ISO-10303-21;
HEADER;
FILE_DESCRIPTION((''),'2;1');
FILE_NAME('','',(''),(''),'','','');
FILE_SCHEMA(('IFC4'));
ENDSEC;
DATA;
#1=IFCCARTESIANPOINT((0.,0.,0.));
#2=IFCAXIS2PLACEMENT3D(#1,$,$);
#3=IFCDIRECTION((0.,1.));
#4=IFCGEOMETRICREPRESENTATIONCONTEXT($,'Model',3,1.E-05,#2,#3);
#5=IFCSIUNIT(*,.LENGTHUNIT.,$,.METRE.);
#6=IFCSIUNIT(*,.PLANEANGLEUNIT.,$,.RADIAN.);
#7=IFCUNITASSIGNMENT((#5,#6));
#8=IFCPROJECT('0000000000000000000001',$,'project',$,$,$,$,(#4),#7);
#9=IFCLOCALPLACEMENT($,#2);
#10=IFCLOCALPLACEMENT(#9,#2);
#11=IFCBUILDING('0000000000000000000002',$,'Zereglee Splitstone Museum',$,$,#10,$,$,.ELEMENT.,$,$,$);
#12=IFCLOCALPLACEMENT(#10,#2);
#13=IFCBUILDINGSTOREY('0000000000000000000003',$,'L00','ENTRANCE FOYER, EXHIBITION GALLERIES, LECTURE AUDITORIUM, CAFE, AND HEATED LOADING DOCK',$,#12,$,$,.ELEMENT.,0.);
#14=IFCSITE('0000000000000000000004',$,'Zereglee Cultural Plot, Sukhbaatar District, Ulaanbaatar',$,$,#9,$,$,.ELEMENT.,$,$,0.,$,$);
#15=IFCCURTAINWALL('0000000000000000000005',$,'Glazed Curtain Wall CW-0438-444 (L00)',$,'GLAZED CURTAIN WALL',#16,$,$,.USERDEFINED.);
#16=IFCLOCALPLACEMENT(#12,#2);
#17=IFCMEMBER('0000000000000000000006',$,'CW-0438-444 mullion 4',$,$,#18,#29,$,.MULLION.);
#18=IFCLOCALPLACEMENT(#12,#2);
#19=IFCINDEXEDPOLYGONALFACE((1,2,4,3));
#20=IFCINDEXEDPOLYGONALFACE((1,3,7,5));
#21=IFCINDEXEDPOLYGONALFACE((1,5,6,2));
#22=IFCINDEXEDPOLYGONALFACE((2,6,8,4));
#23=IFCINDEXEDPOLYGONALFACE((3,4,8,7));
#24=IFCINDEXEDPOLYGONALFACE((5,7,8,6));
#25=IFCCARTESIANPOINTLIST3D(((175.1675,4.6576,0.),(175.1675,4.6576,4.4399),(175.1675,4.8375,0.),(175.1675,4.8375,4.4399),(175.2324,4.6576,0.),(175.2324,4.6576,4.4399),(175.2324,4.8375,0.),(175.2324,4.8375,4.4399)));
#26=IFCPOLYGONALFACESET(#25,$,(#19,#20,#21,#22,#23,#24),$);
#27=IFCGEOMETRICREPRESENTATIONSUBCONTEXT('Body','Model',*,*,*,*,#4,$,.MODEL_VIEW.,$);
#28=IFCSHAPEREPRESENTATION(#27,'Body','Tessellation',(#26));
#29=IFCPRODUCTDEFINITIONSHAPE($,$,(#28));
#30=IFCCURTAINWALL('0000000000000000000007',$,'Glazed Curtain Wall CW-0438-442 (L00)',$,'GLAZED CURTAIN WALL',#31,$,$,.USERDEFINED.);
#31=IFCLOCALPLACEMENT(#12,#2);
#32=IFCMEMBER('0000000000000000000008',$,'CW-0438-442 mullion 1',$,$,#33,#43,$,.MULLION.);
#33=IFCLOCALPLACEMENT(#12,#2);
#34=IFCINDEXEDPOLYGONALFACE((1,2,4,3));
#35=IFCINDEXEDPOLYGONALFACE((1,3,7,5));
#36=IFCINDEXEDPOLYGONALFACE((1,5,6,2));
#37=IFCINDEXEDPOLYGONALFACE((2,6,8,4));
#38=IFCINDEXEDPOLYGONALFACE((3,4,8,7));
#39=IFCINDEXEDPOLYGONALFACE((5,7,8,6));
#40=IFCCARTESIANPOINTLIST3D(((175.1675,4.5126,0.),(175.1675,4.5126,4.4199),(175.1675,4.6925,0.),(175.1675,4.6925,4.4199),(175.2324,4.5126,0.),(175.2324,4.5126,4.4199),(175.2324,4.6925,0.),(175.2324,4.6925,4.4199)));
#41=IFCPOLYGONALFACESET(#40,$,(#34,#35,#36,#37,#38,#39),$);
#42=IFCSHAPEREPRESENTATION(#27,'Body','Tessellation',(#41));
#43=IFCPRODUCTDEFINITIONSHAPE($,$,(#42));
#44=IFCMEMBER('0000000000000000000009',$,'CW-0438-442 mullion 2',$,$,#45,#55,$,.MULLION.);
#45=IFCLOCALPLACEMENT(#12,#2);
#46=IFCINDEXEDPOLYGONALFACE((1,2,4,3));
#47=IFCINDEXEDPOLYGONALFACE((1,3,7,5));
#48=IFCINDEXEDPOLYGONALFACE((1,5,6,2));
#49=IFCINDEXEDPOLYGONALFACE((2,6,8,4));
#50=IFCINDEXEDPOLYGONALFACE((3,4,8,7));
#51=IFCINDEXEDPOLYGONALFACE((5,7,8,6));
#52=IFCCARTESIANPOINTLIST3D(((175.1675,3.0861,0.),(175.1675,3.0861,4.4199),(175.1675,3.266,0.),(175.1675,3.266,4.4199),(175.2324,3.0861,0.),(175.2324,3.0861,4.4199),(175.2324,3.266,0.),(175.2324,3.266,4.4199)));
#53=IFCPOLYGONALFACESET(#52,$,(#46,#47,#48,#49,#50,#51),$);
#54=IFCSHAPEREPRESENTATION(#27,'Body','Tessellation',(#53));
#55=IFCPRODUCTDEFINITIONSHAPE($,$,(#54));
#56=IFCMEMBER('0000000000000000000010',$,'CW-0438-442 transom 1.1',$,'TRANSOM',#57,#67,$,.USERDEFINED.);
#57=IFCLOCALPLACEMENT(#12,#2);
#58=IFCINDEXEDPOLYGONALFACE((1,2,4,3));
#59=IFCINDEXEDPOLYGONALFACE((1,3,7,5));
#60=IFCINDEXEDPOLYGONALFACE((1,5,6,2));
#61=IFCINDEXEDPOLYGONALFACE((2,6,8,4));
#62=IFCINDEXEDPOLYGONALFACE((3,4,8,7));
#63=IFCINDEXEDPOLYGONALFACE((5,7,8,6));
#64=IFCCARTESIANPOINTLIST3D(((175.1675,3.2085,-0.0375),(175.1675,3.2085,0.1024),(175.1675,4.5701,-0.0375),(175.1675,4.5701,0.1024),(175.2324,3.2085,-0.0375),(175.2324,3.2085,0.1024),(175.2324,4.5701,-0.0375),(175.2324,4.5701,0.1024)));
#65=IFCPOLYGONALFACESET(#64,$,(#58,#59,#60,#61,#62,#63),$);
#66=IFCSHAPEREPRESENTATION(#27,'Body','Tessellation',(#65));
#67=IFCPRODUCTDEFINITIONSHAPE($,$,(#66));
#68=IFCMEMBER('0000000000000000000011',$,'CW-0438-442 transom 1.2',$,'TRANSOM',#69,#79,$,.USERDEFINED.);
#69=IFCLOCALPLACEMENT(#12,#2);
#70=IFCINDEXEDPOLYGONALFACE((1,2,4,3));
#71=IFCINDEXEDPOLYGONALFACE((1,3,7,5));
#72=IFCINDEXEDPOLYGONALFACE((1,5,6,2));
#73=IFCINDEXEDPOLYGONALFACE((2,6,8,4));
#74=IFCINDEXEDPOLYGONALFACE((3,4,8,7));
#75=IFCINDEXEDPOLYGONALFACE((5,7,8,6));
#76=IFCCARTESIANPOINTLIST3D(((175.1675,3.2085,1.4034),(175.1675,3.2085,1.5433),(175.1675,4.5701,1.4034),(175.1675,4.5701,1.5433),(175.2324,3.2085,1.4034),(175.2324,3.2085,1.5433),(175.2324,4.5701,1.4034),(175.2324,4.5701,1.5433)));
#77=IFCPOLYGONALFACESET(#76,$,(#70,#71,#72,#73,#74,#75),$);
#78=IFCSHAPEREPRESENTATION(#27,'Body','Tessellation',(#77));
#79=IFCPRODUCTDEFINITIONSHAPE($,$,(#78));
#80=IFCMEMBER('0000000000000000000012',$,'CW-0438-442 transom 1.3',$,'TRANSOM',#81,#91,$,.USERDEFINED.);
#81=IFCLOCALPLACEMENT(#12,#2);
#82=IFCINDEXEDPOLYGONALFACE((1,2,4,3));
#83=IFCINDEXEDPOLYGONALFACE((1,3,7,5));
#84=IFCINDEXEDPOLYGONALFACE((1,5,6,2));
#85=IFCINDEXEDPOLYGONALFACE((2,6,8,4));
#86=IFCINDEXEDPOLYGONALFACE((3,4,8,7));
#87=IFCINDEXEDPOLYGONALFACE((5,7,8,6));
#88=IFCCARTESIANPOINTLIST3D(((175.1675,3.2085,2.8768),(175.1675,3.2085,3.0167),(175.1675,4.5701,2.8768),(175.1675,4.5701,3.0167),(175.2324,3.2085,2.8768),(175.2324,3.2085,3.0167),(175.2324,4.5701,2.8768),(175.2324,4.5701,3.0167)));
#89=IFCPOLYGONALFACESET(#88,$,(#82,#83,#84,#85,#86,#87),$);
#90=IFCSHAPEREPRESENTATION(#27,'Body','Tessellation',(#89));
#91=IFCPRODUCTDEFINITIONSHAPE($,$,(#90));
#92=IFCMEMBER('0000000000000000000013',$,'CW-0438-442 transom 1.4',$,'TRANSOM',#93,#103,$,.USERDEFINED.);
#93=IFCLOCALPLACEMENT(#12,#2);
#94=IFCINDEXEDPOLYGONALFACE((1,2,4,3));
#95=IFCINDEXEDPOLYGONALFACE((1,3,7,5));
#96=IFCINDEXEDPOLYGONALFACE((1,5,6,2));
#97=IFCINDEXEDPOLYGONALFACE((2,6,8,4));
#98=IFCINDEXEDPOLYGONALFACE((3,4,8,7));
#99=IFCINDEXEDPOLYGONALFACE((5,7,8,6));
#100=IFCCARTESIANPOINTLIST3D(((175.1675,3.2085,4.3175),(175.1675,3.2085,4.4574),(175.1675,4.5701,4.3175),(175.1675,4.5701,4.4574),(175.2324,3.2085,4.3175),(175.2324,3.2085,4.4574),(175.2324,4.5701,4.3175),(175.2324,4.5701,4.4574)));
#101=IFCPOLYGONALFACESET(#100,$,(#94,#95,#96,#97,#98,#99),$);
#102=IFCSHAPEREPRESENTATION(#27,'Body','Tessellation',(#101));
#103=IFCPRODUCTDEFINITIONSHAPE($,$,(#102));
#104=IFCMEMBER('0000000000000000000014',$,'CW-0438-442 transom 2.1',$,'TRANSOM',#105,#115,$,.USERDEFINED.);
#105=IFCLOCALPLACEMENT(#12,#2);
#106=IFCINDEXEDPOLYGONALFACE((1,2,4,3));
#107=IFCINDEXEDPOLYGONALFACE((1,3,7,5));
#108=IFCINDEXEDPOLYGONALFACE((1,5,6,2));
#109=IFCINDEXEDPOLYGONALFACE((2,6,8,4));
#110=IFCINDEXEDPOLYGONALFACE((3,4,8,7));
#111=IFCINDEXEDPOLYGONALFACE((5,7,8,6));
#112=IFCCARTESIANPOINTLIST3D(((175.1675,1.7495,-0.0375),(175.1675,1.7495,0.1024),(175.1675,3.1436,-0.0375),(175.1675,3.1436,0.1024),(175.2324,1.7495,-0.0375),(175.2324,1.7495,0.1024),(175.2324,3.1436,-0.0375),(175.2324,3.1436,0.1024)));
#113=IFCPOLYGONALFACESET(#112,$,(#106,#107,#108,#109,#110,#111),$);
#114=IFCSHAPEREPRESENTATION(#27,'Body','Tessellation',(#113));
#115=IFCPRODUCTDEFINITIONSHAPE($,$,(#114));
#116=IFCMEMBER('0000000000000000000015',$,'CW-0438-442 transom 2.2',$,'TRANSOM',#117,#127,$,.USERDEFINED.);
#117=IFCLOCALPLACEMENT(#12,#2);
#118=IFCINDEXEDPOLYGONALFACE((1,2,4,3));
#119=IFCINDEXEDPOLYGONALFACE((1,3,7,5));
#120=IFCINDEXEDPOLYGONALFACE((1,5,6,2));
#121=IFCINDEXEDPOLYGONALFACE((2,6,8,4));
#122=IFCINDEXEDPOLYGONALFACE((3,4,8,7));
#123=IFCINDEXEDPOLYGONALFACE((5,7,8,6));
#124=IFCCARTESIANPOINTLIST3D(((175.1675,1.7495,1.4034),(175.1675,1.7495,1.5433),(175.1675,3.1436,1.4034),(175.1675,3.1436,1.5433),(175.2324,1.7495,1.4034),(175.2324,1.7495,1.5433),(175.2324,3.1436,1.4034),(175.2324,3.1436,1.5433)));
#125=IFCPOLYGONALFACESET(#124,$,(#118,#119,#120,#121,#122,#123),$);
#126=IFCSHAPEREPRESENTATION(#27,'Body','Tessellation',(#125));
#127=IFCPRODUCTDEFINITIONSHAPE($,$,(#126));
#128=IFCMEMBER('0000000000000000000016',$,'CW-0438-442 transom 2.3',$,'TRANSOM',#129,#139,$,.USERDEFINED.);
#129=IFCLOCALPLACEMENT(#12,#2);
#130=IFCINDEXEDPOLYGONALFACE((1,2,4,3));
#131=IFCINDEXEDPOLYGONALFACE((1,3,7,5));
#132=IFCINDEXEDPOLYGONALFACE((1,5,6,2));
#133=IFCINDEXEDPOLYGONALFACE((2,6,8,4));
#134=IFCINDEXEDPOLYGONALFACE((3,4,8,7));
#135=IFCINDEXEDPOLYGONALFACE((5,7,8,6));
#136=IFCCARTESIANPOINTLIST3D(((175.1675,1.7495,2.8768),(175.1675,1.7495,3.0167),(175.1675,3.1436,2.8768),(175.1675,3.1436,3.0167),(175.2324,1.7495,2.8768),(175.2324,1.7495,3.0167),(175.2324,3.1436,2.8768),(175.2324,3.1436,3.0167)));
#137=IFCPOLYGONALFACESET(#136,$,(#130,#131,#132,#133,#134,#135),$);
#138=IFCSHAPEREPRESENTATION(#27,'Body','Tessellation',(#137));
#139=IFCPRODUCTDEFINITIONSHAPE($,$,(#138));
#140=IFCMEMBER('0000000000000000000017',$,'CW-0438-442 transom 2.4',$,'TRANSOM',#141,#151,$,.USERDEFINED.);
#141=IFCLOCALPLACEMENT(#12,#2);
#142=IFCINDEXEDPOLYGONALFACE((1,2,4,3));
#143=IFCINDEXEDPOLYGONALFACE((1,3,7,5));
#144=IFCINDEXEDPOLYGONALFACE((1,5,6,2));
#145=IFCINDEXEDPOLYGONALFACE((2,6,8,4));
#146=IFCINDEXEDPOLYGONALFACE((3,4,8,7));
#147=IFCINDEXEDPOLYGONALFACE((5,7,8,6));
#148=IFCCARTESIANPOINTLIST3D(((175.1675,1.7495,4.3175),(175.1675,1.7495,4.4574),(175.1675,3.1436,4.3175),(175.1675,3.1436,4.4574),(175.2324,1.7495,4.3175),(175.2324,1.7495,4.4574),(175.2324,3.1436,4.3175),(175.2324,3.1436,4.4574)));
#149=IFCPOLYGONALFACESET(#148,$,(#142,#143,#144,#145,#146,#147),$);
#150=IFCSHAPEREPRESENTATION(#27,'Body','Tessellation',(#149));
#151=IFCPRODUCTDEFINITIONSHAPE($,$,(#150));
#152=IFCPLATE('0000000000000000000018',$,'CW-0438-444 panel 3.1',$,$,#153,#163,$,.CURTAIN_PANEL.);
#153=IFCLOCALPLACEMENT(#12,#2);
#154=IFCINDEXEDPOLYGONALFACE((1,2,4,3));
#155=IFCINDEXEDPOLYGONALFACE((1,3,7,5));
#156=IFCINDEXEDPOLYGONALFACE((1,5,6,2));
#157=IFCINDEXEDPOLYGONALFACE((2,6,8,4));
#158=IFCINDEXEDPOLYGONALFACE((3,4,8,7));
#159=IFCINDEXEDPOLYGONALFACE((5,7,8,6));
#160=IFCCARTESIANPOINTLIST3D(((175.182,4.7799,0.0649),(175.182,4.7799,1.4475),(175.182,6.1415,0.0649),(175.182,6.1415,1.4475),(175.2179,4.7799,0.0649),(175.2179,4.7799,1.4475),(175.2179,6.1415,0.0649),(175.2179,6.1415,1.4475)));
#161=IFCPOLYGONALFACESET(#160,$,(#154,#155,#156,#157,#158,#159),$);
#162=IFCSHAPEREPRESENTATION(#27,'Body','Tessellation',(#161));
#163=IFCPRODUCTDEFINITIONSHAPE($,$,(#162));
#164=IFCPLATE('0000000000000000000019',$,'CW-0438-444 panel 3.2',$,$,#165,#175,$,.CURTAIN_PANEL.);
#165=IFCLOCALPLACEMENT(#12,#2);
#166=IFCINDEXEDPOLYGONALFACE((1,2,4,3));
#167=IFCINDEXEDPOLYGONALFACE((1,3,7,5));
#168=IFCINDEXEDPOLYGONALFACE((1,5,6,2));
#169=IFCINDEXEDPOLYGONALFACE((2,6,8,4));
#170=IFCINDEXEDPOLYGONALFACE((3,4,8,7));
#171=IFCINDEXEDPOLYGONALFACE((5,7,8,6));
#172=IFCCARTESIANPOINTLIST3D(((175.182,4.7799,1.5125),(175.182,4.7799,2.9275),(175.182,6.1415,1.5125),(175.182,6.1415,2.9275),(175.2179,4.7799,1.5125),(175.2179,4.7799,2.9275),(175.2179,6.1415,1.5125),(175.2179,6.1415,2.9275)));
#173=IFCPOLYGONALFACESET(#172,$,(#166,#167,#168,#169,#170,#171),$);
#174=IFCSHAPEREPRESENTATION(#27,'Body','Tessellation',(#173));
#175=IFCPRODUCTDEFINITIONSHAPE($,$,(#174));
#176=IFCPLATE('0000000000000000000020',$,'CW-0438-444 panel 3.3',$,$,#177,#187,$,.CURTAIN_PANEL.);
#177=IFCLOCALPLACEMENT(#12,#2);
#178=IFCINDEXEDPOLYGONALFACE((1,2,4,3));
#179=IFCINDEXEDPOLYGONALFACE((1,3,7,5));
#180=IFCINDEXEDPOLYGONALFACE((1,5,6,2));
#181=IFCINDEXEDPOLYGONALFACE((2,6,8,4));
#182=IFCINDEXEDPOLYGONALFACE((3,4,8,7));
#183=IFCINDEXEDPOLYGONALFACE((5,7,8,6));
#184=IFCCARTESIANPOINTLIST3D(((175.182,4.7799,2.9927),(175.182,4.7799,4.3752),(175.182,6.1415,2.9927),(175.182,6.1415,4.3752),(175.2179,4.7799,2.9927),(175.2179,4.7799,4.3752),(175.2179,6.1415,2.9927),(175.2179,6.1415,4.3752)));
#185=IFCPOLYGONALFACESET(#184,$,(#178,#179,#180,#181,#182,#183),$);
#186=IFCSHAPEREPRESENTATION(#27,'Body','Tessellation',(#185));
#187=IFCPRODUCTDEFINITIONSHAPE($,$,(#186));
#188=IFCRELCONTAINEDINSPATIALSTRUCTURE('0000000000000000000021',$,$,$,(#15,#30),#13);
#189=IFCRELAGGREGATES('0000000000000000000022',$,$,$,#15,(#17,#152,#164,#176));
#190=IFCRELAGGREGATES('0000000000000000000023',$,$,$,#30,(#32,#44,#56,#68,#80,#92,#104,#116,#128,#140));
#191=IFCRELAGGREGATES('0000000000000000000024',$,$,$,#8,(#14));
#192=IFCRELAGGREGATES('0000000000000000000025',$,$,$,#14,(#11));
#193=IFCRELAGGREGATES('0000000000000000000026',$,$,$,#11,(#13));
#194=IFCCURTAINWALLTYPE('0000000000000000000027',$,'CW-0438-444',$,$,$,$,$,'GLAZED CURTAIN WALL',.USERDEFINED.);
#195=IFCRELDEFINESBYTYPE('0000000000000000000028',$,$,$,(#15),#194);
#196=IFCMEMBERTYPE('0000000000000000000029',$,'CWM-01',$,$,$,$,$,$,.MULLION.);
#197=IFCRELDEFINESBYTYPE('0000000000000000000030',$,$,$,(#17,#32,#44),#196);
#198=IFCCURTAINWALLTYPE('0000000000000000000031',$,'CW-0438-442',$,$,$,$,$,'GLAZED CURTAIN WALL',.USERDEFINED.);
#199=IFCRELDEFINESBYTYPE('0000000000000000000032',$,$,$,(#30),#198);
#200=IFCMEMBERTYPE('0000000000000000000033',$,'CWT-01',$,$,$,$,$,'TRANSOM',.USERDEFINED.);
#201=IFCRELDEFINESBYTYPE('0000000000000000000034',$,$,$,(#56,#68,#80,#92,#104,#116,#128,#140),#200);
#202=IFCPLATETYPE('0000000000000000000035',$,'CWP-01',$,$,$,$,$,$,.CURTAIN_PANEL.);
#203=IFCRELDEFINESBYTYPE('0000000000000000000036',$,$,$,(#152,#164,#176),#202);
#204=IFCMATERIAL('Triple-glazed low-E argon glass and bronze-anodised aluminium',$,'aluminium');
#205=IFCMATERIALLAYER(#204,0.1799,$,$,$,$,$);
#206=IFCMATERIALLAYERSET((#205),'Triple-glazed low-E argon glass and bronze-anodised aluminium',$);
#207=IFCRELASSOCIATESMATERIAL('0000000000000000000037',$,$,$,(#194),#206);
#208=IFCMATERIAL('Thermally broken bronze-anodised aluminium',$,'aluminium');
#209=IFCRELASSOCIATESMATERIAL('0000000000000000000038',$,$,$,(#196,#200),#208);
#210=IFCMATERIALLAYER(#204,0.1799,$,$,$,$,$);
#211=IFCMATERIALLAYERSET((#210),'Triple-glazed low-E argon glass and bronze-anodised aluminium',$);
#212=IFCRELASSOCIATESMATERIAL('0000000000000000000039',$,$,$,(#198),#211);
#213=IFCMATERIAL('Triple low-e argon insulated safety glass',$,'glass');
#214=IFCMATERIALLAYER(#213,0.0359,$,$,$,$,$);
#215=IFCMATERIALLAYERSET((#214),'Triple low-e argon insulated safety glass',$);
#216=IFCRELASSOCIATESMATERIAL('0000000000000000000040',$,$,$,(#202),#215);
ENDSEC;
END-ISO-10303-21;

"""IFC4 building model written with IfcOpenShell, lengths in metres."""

from ifc_helpers import new_model, si_unit, direction, frame, origin, origin_2d, place, context, subcontext, project, spatial, rectangle, extrude, material, layer, layer_set, material_profile, profile_set, type_object, element, aggregate, save


model = new_model("IFC4")

# Units and contexts
model_context = context("Model", 3, precision=1e-05, world=origin(), true_north=direction((0.0, 1.0)))
body_context = subcontext(model_context, "Body", "Model", "MODEL_VIEW")
ifc_project = project(units=[si_unit("LENGTHUNIT", "METRE"), si_unit("PLANEANGLEUNIT", "RADIAN")], contexts=[model_context])

# Site, building, storey
site_placement = place(None, origin())
site = spatial("IfcSite", under=ifc_project, at=site_placement, Name="Zereglee Cultural Plot, Sukhbaatar District, Ulaanbaatar", CompositionType="ELEMENT", RefElevation=0.0)
building_placement = place(site_placement, origin())
building = spatial("IfcBuilding", under=site, at=building_placement, Name="Zereglee Splitstone Museum", CompositionType="ELEMENT")
storey_placement = place(building_placement, origin())
storey = spatial("IfcBuildingStorey", under=building, at=storey_placement, Name="L00", Description="ENTRANCE FOYER, EXHIBITION GALLERIES, LECTURE AUDITORIUM, CAFE, AND HEATED LOADING DOCK", CompositionType="ELEMENT", Elevation=0.0)

# Curtain wall, member
ifc_material_1 = material(Name="Triple-glazed low-E argon glass and bronze-anodised aluminium", Category="aluminium")
ifc_layer_1 = layer(ifc_material_1, 0.1799)
ifc_layer_set_1 = layer_set([ifc_layer_1], Name="Triple-glazed low-E argon glass and bronze-anodised aluminium")
curtain_wall_type_1 = type_object("IfcCurtainWallType", Name="CW-0438-444", ElementType="GLAZED CURTAIN WALL", PredefinedType="USERDEFINED", material=ifc_layer_set_1)
curtain_wall_1_placement = place(storey_placement, origin())
curtain_wall_1 = element("IfcCurtainWall", 1, at=curtain_wall_1_placement, inside=storey, type_object=curtain_wall_type_1, Name="Glazed Curtain Wall CW-0438-444 (L00)", ObjectType="GLAZED CURTAIN WALL", PredefinedType="USERDEFINED")
ifc_material_2 = material(Name="Thermally broken bronze-anodised aluminium", Category="aluminium")
ifc_material_profile_1 = material_profile(ifc_material_2, rectangle(XDim=0.0649, YDim=0.1799, at=origin_2d()), Name="CW MULL 65x180")
ifc_profile_set_1 = profile_set([ifc_material_profile_1], Name="Thermally broken bronze-anodised aluminium")
member_type_1 = type_object("IfcMemberType", Name="CWM-01", PredefinedType="MULLION", material=ifc_profile_set_1)
member_1_placement = place(storey_placement, frame((175.2, 4.7476, 0.0), z_axis=(0.0, 0.0, 1.0), x_axis=(1.0, 0.0, 0.0)))
member_1 = element("IfcMember", 2, at=member_1_placement, type_object=member_type_1, Name="CW-0438-444 mullion 4", PredefinedType="MULLION", context=body_context, shape_type="SweptSolid", body=[
    extrude(rectangle(XDim=0.0649, YDim=0.1799, at=origin_2d()), origin(), (0.0, 0.0, 1.0), 4.4399),
])

# Curtain wall, members
ifc_layer_2 = layer(ifc_material_1, 0.1799)
ifc_layer_set_2 = layer_set([ifc_layer_2], Name="Triple-glazed low-E argon glass and bronze-anodised aluminium")
curtain_wall_type_2 = type_object("IfcCurtainWallType", Name="CW-0438-442", ElementType="GLAZED CURTAIN WALL", PredefinedType="USERDEFINED", material=ifc_layer_set_2)
curtain_wall_2_placement = place(storey_placement, origin())
curtain_wall_2 = element("IfcCurtainWall", 3, at=curtain_wall_2_placement, inside=storey, type_object=curtain_wall_type_2, Name="Glazed Curtain Wall CW-0438-442 (L00)", ObjectType="GLAZED CURTAIN WALL", PredefinedType="USERDEFINED")
member_2_placement = place(storey_placement, frame((175.2, 4.6025, 0.0), z_axis=(0.0, 0.0, 1.0), x_axis=(1.0, 0.0, 0.0)))
member_2 = element("IfcMember", 4, at=member_2_placement, type_object=member_type_1, Name="CW-0438-442 mullion 1", PredefinedType="MULLION", context=body_context, shape_type="SweptSolid", body=[
    extrude(rectangle(XDim=0.0649, YDim=0.1799, at=origin_2d()), origin(), (0.0, 0.0, 1.0), 4.4199),
])
member_3_placement = place(storey_placement, frame((175.2, 3.176, 0.0), z_axis=(0.0, 0.0, 1.0), x_axis=(1.0, 0.0, 0.0)))
member_3 = element("IfcMember", 5, at=member_3_placement, type_object=member_type_1, Name="CW-0438-442 mullion 2", PredefinedType="MULLION", context=body_context, shape_type="SweptSolid", body=[
    extrude(rectangle(XDim=0.0649, YDim=0.1799, at=origin_2d()), origin(), (0.0, 0.0, 1.0), 4.4199),
])
ifc_material_profile_2 = material_profile(ifc_material_2, rectangle(XDim=0.0649, YDim=0.1399, at=origin_2d()), Name="CW TRAN 65x140")
ifc_profile_set_2 = profile_set([ifc_material_profile_2], Name="Thermally broken bronze-anodised aluminium")
member_type_2 = type_object("IfcMemberType", Name="CWT-01", ElementType="TRANSOM", PredefinedType="USERDEFINED", material=ifc_profile_set_2)
member_4_placement = place(storey_placement, frame((175.2, 4.5701, 0.0325), z_axis=(0.0, -1.0, 0.0), x_axis=(1.0, 0.0, 0.0)))
member_4 = element("IfcMember", 6, at=member_4_placement, type_object=member_type_2, Name="CW-0438-442 transom 1.1", ObjectType="TRANSOM", PredefinedType="USERDEFINED", context=body_context, shape_type="SweptSolid", body=[
    extrude(rectangle(XDim=0.0649, YDim=0.1399, at=origin_2d()), origin(), (0.0, 0.0, 1.0), 1.3616),
])
member_5_placement = place(storey_placement, frame((175.2, 4.5701, 1.4734), z_axis=(0.0, -1.0, 0.0), x_axis=(1.0, 0.0, 0.0)))
member_5 = element("IfcMember", 7, at=member_5_placement, type_object=member_type_2, Name="CW-0438-442 transom 1.2", ObjectType="TRANSOM", PredefinedType="USERDEFINED", context=body_context, shape_type="SweptSolid", body=[
    extrude(rectangle(XDim=0.0649, YDim=0.1399, at=origin_2d()), origin(), (0.0, 0.0, 1.0), 1.3616),
])
member_6_placement = place(storey_placement, frame((175.2, 4.5701, 2.9468), z_axis=(0.0, -1.0, 0.0), x_axis=(1.0, 0.0, 0.0)))
member_6 = element("IfcMember", 8, at=member_6_placement, type_object=member_type_2, Name="CW-0438-442 transom 1.3", ObjectType="TRANSOM", PredefinedType="USERDEFINED", context=body_context, shape_type="SweptSolid", body=[
    extrude(rectangle(XDim=0.0649, YDim=0.1399, at=origin_2d()), origin(), (0.0, 0.0, 1.0), 1.3616),
])
member_7_placement = place(storey_placement, frame((175.2, 4.5701, 4.3875), z_axis=(0.0, -1.0, 0.0), x_axis=(1.0, 0.0, 0.0)))
member_7 = element("IfcMember", 9, at=member_7_placement, type_object=member_type_2, Name="CW-0438-442 transom 1.4", ObjectType="TRANSOM", PredefinedType="USERDEFINED", context=body_context, shape_type="SweptSolid", body=[
    extrude(rectangle(XDim=0.0649, YDim=0.1399, at=origin_2d()), origin(), (0.0, 0.0, 1.0), 1.3616),
])
member_8_placement = place(storey_placement, frame((175.2, 3.1436, 0.0325), z_axis=(0.0, -1.0, 0.0), x_axis=(1.0, 0.0, 0.0)))
member_8 = element("IfcMember", 10, at=member_8_placement, type_object=member_type_2, Name="CW-0438-442 transom 2.1", ObjectType="TRANSOM", PredefinedType="USERDEFINED", context=body_context, shape_type="SweptSolid", body=[
    extrude(rectangle(XDim=0.0649, YDim=0.1399, at=origin_2d()), origin(), (0.0, 0.0, 1.0), 1.394),
])
member_9_placement = place(storey_placement, frame((175.2, 3.1436, 1.4734), z_axis=(0.0, -1.0, 0.0), x_axis=(1.0, 0.0, 0.0)))
member_9 = element("IfcMember", 11, at=member_9_placement, type_object=member_type_2, Name="CW-0438-442 transom 2.2", ObjectType="TRANSOM", PredefinedType="USERDEFINED", context=body_context, shape_type="SweptSolid", body=[
    extrude(rectangle(XDim=0.0649, YDim=0.1399, at=origin_2d()), origin(), (0.0, 0.0, 1.0), 1.394),
])
member_10_placement = place(storey_placement, frame((175.2, 3.1436, 2.9468), z_axis=(0.0, -1.0, 0.0), x_axis=(1.0, 0.0, 0.0)))
member_10 = element("IfcMember", 12, at=member_10_placement, type_object=member_type_2, Name="CW-0438-442 transom 2.3", ObjectType="TRANSOM", PredefinedType="USERDEFINED", context=body_context, shape_type="SweptSolid", body=[
    extrude(rectangle(XDim=0.0649, YDim=0.1399, at=origin_2d()), origin(), (0.0, 0.0, 1.0), 1.394),
])
member_11_placement = place(storey_placement, frame((175.2, 3.1436, 4.3875), z_axis=(0.0, -1.0, 0.0), x_axis=(1.0, 0.0, 0.0)))
member_11 = element("IfcMember", 13, at=member_11_placement, type_object=member_type_2, Name="CW-0438-442 transom 2.4", ObjectType="TRANSOM", PredefinedType="USERDEFINED", context=body_context, shape_type="SweptSolid", body=[
    extrude(rectangle(XDim=0.0649, YDim=0.1399, at=origin_2d()), origin(), (0.0, 0.0, 1.0), 1.394),
])

# Plates
ifc_material_3 = material(Name="Triple low-e argon insulated safety glass", Category="glass")
ifc_layer_3 = layer(ifc_material_3, 0.0359)
ifc_layer_set_3 = layer_set([ifc_layer_3], Name="Triple low-e argon insulated safety glass")
plate_type = type_object("IfcPlateType", Name="CWP-01", PredefinedType="CURTAIN_PANEL", material=ifc_layer_set_3)
plate_1_placement = place(storey_placement, frame((175.2, 5.4607, 0.0649), z_axis=(0.0, 0.0, 1.0), x_axis=(0.0, -1.0, 0.0)))
plate_1 = element("IfcPlate", 14, at=plate_1_placement, type_object=plate_type, Name="CW-0438-444 panel 3.1", PredefinedType="CURTAIN_PANEL", context=body_context, shape_type="SweptSolid", body=[
    extrude(rectangle(XDim=1.3616, YDim=0.0359, at=origin_2d()), origin(), (0.0, 0.0, 1.0), 1.3826),
])
plate_2_placement = place(storey_placement, frame((175.2, 5.4607, 1.5125), z_axis=(0.0, 0.0, 1.0), x_axis=(0.0, -1.0, 0.0)))
plate_2 = element("IfcPlate", 15, at=plate_2_placement, type_object=plate_type, Name="CW-0438-444 panel 3.2", PredefinedType="CURTAIN_PANEL", context=body_context, shape_type="SweptSolid", body=[
    extrude(rectangle(XDim=1.3616, YDim=0.0359, at=origin_2d()), origin(), (0.0, 0.0, 1.0), 1.415),
])
plate_3_placement = place(storey_placement, frame((175.2, 5.4607, 2.9927), z_axis=(0.0, 0.0, 1.0), x_axis=(0.0, -1.0, 0.0)))
plate_3 = element("IfcPlate", 16, at=plate_3_placement, type_object=plate_type, Name="CW-0438-444 panel 3.3", PredefinedType="CURTAIN_PANEL", context=body_context, shape_type="SweptSolid", body=[
    extrude(rectangle(XDim=1.3616, YDim=0.0359, at=origin_2d()), origin(), (0.0, 0.0, 1.0), 1.3826),
])
aggregate(curtain_wall_1, [member_1, plate_1, plate_2, plate_3])
aggregate(curtain_wall_2, [member_2, member_3, member_4, member_5, member_6, member_7, member_8, member_9, member_10, member_11])

save(model, "model.ifc")
